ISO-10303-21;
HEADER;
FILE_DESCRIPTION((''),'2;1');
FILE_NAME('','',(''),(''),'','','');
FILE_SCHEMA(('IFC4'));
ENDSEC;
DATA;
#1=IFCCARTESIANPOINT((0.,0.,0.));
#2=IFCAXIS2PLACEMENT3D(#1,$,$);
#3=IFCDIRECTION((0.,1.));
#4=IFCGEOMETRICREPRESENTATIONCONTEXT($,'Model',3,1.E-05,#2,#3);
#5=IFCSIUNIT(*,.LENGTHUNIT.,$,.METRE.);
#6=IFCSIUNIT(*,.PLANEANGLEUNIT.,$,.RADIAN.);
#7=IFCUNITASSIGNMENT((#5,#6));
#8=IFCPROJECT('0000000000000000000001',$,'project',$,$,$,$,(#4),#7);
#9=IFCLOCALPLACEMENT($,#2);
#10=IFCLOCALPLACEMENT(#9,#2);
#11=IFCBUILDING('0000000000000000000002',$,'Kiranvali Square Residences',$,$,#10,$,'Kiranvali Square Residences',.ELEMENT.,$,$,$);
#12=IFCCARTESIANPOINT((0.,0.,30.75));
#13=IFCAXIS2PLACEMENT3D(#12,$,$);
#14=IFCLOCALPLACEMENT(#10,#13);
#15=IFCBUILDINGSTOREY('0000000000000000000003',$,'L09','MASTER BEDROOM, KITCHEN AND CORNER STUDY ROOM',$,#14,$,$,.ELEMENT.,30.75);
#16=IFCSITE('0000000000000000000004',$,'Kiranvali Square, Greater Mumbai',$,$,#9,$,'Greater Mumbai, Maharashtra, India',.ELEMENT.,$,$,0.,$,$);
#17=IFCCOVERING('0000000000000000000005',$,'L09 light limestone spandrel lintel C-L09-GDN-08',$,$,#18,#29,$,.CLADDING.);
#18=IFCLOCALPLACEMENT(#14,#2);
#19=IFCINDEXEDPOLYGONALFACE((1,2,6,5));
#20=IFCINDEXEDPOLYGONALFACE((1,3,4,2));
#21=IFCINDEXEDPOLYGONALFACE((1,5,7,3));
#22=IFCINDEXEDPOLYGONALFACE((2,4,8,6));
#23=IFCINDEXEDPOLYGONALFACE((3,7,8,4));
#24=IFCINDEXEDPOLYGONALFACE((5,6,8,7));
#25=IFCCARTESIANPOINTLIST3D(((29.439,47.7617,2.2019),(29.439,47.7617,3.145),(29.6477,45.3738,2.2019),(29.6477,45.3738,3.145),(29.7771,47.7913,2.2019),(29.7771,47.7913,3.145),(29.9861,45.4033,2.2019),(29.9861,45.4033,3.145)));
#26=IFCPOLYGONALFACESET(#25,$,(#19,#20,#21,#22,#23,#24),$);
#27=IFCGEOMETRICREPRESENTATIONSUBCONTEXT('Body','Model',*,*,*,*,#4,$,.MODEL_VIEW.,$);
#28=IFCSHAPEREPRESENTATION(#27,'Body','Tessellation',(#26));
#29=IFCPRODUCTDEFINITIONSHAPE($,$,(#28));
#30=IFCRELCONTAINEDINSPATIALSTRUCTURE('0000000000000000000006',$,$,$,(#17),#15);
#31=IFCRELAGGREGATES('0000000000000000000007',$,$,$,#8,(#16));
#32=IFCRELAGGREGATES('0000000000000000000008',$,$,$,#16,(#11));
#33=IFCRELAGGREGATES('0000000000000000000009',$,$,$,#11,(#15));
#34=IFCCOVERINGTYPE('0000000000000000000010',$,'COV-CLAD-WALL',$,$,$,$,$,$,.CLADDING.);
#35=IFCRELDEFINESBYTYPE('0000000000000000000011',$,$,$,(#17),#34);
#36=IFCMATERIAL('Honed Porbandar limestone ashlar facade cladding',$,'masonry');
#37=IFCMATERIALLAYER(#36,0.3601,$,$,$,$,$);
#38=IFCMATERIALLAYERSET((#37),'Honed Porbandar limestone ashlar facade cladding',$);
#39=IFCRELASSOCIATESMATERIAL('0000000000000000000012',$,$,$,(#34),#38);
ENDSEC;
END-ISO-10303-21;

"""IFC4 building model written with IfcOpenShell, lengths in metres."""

from ifc_helpers import new_model, si_unit, direction, frame, origin, place, context, subcontext, project, spatial, polyline, outline, extrude, material, layer, layer_set, type_object, element, save


model = new_model("IFC4")

# Units and contexts
model_context = context("Model", 3, precision=1e-05, world=origin(), true_north=direction((0.0, 1.0)))
body_context = subcontext(model_context, "Body", "Model", "MODEL_VIEW")
ifc_project = project(units=[si_unit("LENGTHUNIT", "METRE"), si_unit("PLANEANGLEUNIT", "RADIAN")], contexts=[model_context])

# Site, building, storey
site_placement = place(None, origin())
site = spatial("IfcSite", under=ifc_project, at=site_placement, Name="Kiranvali Square, Greater Mumbai", LongName="Greater Mumbai, Maharashtra, India", CompositionType="ELEMENT", RefElevation=0.0)
building_placement = place(site_placement, origin())
building = spatial("IfcBuilding", under=site, at=building_placement, Name="Kiranvali Square Residences", LongName="Kiranvali Square Residences", CompositionType="ELEMENT")
storey_placement = place(building_placement, frame((0.0, 0.0, 30.75)))
storey = spatial("IfcBuildingStorey", under=building, at=storey_placement, Name="L09", Description="MASTER BEDROOM, KITCHEN AND CORNER STUDY ROOM", CompositionType="ELEMENT", Elevation=30.75)

# Covering
ifc_material = material(Name="Honed Porbandar limestone ashlar facade cladding", Category="masonry")
ifc_layer = layer(ifc_material, 0.3601)
ifc_layer_set = layer_set([ifc_layer], Name="Honed Porbandar limestone ashlar facade cladding")
covering_type = type_object("IfcCoveringType", Name="COV-CLAD-WALL", PredefinedType="CLADDING", material=ifc_layer_set)
covering_1_placement = place(storey_placement, frame((0.0, 0.0, 2.2019)))
element("IfcCovering", 1, at=covering_1_placement, inside=storey, type_object=covering_type, Name="L09 light limestone spandrel lintel C-L09-GDN-08", PredefinedType="CLADDING", context=body_context, shape_type="SweptSolid", body=[
    extrude(outline(polyline([(29.9861, 45.4033), (29.7771, 47.7913), (29.439, 47.7617), (29.6477, 45.3738), (29.9861, 45.4033)])), origin(), (0.0, 0.0, 1.0), 0.9431),
])

save(model, "model.ifc")
